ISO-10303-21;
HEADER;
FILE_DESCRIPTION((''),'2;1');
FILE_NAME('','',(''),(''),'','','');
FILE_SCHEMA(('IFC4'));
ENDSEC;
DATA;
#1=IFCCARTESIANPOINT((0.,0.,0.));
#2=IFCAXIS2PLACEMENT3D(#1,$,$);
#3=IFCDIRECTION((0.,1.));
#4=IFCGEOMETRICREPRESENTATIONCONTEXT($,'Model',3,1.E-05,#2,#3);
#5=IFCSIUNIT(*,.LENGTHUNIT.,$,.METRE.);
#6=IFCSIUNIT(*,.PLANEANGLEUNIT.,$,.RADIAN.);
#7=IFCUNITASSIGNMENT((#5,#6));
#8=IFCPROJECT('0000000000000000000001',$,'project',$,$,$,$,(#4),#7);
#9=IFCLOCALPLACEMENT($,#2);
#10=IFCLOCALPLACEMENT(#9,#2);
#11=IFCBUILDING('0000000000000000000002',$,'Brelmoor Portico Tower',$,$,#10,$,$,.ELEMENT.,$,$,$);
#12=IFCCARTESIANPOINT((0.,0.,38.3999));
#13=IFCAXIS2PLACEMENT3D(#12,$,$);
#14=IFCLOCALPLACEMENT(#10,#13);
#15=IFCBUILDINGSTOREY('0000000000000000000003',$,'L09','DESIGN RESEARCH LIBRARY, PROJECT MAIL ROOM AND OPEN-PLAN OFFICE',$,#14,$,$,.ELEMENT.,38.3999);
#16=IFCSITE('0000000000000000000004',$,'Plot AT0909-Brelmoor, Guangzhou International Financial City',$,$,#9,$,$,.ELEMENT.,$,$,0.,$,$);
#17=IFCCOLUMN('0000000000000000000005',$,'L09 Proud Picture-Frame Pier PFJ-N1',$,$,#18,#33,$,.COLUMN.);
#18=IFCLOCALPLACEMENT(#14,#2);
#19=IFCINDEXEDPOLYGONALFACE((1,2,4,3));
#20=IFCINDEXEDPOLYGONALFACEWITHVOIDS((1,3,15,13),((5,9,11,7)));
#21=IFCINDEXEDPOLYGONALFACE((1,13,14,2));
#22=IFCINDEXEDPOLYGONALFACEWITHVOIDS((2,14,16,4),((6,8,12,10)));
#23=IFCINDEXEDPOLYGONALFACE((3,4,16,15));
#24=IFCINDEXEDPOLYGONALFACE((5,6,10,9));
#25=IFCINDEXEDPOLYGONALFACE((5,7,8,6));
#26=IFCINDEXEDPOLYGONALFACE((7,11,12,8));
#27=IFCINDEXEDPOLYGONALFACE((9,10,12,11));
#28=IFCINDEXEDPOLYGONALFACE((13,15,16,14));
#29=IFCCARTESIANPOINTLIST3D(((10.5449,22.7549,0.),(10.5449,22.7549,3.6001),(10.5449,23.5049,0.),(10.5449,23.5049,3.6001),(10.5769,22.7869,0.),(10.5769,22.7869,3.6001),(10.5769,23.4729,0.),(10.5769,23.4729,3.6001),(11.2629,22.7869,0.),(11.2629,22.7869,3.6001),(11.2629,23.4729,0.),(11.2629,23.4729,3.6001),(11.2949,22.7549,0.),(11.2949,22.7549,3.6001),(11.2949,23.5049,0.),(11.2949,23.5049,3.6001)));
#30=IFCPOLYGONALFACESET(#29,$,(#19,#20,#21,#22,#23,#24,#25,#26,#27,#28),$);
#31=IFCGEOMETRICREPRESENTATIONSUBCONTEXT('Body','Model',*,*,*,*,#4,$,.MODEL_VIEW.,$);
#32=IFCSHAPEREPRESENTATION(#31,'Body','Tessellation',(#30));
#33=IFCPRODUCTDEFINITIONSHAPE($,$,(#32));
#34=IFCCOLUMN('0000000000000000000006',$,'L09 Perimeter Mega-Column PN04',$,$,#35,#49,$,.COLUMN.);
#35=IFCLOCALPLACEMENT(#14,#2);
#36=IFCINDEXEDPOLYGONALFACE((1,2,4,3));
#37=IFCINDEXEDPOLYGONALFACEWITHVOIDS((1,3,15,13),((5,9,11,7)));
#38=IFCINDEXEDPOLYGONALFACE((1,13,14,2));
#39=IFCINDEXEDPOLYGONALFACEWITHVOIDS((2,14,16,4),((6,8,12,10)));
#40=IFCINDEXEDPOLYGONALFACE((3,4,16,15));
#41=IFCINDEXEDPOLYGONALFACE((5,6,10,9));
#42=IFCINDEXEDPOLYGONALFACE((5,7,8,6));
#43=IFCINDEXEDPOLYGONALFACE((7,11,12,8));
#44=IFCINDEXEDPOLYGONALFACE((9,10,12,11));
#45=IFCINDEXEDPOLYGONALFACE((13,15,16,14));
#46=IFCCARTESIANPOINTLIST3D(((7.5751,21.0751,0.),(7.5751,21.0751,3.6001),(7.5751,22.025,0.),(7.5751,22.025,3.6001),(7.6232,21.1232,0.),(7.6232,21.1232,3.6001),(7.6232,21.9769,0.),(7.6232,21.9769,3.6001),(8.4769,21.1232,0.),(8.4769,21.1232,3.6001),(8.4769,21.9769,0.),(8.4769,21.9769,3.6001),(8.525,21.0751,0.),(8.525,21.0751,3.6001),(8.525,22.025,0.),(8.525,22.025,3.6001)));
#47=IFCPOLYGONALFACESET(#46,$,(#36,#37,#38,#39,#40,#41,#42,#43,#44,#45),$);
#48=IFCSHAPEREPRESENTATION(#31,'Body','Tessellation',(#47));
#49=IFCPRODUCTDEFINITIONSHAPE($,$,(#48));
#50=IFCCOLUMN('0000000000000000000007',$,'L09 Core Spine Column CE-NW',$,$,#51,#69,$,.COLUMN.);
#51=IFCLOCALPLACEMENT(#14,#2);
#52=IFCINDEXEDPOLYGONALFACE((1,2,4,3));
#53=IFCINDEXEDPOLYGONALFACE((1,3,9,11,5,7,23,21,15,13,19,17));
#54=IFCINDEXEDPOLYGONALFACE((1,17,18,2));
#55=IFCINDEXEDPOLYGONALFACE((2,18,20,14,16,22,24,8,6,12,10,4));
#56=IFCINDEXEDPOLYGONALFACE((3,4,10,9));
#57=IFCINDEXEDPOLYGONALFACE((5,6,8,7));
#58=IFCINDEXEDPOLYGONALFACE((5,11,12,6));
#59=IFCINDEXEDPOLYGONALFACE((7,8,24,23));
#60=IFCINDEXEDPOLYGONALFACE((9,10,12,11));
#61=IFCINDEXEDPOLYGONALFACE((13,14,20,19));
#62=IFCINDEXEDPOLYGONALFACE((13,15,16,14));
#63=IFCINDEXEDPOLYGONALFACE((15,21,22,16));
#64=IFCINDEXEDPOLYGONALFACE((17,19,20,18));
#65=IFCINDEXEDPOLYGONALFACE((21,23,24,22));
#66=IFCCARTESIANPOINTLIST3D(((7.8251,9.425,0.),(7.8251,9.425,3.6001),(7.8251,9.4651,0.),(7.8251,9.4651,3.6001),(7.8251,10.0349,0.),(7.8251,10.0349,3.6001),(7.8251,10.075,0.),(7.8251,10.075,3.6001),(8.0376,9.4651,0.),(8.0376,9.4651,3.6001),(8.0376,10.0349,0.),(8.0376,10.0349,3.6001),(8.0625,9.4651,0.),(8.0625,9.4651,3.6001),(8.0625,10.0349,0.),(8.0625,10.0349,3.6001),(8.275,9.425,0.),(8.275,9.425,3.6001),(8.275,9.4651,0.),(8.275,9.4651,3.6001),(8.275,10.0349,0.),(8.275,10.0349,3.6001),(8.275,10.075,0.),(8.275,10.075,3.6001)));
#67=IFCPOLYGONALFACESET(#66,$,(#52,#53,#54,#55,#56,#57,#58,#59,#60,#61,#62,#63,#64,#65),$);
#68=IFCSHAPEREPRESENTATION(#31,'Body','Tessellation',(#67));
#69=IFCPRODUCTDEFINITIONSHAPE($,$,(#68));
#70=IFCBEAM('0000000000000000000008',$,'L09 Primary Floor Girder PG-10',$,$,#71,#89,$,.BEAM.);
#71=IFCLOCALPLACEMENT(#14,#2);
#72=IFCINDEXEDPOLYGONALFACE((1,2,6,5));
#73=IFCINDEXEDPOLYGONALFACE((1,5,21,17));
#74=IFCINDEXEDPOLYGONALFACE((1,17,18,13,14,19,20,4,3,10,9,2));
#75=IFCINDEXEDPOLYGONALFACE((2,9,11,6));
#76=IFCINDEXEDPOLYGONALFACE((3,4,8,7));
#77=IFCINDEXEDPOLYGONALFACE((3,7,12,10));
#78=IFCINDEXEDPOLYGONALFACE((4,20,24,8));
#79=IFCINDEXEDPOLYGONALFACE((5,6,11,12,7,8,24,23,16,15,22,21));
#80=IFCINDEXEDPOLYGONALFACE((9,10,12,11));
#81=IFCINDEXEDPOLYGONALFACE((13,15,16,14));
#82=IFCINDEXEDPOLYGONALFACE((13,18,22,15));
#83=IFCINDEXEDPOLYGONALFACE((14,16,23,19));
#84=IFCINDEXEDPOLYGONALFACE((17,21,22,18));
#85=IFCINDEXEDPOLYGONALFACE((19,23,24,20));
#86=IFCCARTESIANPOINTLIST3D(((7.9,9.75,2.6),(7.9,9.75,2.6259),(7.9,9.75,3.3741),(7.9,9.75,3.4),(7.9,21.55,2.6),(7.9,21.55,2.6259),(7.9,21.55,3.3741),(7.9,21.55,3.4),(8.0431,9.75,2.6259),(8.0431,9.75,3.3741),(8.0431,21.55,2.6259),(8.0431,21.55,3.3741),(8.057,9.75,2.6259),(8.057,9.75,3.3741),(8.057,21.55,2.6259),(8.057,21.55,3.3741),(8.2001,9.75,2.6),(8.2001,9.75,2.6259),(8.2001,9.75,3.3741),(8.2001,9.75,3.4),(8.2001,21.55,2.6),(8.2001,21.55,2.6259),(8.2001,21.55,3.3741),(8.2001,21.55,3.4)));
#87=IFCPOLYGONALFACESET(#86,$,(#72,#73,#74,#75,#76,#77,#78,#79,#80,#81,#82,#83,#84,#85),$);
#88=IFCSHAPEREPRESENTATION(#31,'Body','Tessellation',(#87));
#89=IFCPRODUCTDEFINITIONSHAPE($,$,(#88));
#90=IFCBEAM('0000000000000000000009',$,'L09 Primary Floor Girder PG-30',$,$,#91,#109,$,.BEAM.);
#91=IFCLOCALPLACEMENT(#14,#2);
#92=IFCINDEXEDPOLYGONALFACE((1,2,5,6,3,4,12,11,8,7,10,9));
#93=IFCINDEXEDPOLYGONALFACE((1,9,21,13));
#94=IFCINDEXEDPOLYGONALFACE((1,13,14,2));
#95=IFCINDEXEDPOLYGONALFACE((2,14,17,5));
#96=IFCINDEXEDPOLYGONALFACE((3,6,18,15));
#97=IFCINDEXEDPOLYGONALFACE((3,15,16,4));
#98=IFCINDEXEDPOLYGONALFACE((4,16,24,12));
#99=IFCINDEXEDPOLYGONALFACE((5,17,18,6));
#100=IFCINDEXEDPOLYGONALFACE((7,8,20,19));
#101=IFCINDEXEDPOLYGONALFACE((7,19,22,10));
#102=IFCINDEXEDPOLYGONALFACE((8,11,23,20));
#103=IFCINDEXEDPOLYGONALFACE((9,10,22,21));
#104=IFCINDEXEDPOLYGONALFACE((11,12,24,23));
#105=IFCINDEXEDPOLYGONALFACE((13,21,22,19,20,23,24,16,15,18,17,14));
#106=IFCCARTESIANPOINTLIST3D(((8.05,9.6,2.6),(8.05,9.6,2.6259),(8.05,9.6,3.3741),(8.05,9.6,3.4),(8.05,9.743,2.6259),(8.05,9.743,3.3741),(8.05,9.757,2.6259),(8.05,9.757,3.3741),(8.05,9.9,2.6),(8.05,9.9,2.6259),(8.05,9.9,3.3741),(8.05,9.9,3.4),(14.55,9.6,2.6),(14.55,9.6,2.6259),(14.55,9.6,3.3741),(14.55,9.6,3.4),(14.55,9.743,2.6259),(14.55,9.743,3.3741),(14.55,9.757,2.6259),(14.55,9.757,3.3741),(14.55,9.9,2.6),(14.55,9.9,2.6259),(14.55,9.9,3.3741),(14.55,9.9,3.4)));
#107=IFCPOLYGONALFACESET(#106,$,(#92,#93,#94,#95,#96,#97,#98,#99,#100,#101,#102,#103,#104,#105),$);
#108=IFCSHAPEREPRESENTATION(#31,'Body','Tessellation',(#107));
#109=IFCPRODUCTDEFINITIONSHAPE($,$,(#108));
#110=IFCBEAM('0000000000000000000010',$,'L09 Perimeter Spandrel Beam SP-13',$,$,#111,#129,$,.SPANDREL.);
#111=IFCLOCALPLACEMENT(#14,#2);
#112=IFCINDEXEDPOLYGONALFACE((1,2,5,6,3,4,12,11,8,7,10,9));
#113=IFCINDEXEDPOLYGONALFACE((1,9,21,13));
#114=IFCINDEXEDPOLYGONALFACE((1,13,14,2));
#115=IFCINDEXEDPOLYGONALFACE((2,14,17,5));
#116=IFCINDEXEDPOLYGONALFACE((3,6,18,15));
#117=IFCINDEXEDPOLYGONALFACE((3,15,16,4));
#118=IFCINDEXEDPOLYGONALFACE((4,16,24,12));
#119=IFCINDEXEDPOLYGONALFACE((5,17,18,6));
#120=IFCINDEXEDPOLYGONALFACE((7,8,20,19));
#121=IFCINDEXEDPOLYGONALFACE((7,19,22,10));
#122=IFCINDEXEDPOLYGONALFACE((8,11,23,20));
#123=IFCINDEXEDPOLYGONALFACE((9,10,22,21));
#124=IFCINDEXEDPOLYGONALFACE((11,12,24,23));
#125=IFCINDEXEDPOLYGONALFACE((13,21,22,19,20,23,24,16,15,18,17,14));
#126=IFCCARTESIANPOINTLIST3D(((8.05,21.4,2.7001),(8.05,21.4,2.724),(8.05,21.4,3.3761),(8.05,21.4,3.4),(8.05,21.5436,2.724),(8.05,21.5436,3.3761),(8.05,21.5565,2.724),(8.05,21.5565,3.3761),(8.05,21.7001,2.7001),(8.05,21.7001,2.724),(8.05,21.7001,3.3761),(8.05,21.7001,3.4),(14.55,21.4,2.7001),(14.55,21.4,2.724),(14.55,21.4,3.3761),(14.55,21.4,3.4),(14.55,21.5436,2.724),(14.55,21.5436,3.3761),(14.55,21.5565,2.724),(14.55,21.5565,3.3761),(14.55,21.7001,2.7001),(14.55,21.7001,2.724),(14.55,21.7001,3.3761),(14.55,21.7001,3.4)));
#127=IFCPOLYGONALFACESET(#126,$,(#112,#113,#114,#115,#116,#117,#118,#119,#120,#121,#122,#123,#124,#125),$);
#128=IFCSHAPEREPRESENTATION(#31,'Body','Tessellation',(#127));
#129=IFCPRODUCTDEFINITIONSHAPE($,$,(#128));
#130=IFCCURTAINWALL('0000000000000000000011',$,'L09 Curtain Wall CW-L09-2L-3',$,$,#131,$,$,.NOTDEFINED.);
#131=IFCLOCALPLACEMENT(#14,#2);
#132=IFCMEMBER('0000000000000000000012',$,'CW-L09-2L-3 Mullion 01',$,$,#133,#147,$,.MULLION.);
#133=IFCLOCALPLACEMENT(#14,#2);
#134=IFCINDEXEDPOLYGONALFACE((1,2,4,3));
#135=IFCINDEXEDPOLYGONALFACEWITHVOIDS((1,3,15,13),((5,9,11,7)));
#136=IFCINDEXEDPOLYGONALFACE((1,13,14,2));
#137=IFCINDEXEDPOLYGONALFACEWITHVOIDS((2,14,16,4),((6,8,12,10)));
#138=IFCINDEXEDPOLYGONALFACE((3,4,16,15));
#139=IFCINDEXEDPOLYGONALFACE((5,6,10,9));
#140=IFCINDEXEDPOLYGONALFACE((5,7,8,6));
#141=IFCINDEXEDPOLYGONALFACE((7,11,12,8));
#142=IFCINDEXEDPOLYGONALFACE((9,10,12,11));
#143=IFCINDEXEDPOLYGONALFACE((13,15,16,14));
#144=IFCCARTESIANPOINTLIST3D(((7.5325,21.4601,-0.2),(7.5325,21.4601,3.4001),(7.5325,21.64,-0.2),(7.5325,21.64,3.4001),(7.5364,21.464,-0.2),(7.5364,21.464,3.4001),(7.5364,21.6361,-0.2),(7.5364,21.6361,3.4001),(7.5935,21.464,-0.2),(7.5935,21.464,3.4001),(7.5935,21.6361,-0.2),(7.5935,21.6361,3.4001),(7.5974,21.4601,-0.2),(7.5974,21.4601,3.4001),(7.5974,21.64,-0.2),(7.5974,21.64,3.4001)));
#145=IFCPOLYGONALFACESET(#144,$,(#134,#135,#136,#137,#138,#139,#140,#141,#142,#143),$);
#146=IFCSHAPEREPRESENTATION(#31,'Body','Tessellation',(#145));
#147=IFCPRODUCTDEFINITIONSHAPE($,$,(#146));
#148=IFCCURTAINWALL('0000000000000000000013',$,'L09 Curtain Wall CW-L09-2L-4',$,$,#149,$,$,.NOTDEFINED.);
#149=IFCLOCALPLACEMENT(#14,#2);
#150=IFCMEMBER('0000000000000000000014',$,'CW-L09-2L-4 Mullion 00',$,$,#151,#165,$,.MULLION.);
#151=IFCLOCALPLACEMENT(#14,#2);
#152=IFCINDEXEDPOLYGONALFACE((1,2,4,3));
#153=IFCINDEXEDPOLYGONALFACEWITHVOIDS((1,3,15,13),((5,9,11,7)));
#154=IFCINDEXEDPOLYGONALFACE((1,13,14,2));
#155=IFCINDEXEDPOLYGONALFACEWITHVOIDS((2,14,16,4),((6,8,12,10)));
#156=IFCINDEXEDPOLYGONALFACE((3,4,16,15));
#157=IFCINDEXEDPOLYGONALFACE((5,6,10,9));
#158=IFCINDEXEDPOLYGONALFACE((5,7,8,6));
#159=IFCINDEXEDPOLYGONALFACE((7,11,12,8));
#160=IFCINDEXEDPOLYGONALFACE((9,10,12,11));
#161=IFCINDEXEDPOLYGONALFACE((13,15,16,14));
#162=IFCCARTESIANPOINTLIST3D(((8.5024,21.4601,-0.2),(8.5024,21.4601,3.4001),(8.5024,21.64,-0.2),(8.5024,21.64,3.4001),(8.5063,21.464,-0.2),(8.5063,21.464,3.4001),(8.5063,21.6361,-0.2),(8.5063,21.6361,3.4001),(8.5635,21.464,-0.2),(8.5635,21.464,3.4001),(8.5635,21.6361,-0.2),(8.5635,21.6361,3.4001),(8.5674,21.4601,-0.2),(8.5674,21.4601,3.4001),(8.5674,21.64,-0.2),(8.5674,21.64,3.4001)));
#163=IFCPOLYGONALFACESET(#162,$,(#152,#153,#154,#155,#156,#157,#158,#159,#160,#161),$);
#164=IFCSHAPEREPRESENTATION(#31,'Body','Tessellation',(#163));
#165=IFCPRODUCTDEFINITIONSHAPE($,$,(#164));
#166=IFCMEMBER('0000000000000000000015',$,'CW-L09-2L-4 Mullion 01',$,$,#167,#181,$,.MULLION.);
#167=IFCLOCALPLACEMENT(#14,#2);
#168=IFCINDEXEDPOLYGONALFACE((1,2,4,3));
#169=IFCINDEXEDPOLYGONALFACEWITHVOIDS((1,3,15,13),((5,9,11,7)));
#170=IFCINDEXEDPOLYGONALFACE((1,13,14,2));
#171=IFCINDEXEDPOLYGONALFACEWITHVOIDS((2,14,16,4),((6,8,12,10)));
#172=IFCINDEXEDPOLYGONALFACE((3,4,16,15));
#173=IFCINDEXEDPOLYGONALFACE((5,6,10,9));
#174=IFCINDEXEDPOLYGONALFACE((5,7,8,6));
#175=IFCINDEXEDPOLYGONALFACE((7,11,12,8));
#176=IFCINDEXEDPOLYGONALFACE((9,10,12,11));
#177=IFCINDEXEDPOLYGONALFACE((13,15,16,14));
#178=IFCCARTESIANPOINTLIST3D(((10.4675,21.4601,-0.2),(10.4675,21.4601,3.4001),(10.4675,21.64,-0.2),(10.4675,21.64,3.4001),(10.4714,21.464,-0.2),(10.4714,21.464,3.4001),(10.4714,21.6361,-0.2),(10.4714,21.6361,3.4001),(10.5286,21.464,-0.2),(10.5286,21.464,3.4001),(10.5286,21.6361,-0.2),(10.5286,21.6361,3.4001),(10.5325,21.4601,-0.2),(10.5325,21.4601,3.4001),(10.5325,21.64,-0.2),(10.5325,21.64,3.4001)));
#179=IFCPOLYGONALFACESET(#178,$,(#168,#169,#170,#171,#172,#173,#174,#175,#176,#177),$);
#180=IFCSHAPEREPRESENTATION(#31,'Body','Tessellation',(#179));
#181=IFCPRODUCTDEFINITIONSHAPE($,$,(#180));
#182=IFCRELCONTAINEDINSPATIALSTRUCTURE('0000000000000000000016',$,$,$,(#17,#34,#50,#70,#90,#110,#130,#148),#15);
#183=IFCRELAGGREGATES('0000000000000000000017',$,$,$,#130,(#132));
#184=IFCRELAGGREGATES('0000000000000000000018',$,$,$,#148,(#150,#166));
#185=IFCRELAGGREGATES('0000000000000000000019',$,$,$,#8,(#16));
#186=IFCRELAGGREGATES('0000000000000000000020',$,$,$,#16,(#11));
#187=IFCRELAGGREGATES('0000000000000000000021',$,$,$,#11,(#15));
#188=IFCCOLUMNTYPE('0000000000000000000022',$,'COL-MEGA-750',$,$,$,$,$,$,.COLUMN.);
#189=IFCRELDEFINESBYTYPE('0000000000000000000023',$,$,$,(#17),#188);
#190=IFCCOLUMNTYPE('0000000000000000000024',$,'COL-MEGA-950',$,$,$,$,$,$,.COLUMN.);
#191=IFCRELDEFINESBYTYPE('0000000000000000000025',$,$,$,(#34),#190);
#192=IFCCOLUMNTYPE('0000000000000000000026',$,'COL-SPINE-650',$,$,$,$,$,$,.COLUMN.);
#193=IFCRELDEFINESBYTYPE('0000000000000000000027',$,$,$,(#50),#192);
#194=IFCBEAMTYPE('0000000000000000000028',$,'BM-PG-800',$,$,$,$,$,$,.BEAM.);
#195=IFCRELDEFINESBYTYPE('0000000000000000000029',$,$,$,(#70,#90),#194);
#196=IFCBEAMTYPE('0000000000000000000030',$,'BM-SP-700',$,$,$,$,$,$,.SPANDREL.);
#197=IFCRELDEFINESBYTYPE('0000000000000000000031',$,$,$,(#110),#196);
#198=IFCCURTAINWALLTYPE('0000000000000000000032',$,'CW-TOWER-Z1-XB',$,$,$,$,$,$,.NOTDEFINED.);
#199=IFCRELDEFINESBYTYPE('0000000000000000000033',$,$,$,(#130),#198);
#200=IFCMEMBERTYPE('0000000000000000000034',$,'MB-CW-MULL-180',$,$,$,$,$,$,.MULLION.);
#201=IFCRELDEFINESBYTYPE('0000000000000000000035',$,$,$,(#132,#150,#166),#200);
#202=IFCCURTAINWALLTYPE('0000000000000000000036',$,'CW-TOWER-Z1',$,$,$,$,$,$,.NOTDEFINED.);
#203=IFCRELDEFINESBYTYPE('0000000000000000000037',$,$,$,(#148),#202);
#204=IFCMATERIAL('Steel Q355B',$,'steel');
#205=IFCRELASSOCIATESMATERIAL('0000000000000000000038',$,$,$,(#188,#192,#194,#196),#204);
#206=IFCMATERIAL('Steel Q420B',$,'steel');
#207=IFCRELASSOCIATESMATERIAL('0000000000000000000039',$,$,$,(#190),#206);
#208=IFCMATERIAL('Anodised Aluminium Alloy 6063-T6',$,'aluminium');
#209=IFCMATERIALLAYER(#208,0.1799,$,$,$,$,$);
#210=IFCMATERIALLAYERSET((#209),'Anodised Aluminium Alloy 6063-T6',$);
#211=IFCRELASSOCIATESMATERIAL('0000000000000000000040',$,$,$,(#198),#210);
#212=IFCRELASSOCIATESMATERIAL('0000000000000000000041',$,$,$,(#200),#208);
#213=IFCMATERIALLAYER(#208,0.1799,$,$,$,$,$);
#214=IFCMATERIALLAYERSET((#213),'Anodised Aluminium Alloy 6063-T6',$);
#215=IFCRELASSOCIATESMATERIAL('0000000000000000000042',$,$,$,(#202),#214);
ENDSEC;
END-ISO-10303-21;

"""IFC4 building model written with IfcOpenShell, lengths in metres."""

from ifc_helpers import new_model, si_unit, direction, frame, origin, origin_2d, place, context, subcontext, project, spatial, hollow_rectangle, i_section, extrude, material, layer, layer_set, material_profile, profile_set, type_object, element, aggregate, save


model = new_model("IFC4")

# Units and contexts
model_context = context("Model", 3, precision=1e-05, world=origin(), true_north=direction((0.0, 1.0)))
body_context = subcontext(model_context, "Body", "Model", "MODEL_VIEW")
ifc_project = project(units=[si_unit("LENGTHUNIT", "METRE"), si_unit("PLANEANGLEUNIT", "RADIAN")], contexts=[model_context])

# Site, building, storey
site_placement = place(None, origin())
site = spatial("IfcSite", under=ifc_project, at=site_placement, Name="Plot AT0909-Brelmoor, Guangzhou International Financial City", CompositionType="ELEMENT", RefElevation=0.0)
building_placement = place(site_placement, origin())
building = spatial("IfcBuilding", under=site, at=building_placement, Name="Brelmoor Portico Tower", CompositionType="ELEMENT")
storey_placement = place(building_placement, frame((0.0, 0.0, 38.3999)))
storey = spatial("IfcBuildingStorey", under=building, at=storey_placement, Name="L09", Description="DESIGN RESEARCH LIBRARY, PROJECT MAIL ROOM AND OPEN-PLAN OFFICE", CompositionType="ELEMENT", Elevation=38.3999)

# Columns
ifc_material_1 = material(Name="Steel Q355B", Category="steel")
ifc_material_profile_1 = material_profile(ifc_material_1, hollow_rectangle(XDim=0.75, YDim=0.75, WallThickness=0.032, at=origin_2d()), Name="BOX 750x750x32")
ifc_profile_set_1 = profile_set([ifc_material_profile_1], Name="Steel Q355B")
column_type_1 = type_object("IfcColumnType", Name="COL-MEGA-750", PredefinedType="COLUMN", material=ifc_profile_set_1)
column_1_placement = place(storey_placement, frame((10.9199, 23.1299, 0.0), z_axis=(0.0, 0.0, 1.0), x_axis=(1.0, 0.0, 0.0)))
element("IfcColumn", 1, at=column_1_placement, inside=storey, type_object=column_type_1, Name="L09 Proud Picture-Frame Pier PFJ-N1", PredefinedType="COLUMN", context=body_context, shape_type="SweptSolid", body=[
    extrude(hollow_rectangle(XDim=0.75, YDim=0.75, WallThickness=0.032, at=origin_2d()), origin(), (0.0, 0.0, 1.0), 3.6001),
])
ifc_material_2 = material(Name="Steel Q420B", Category="steel")
ifc_material_profile_2 = material_profile(ifc_material_2, hollow_rectangle(XDim=0.95, YDim=0.95, WallThickness=0.0481, at=origin_2d()), Name="BOX 950x950x48")
ifc_profile_set_2 = profile_set([ifc_material_profile_2], Name="Steel Q420B")
column_type_2 = type_object("IfcColumnType", Name="COL-MEGA-950", PredefinedType="COLUMN", material=ifc_profile_set_2)
column_2_placement = place(storey_placement, frame((8.05, 21.55, 0.0), z_axis=(0.0, 0.0, 1.0), x_axis=(1.0, 0.0, 0.0)))
element("IfcColumn", 2, at=column_2_placement, inside=storey, type_object=column_type_2, Name="L09 Perimeter Mega-Column PN04", PredefinedType="COLUMN", context=body_context, shape_type="SweptSolid", body=[
    extrude(hollow_rectangle(XDim=0.95, YDim=0.95, WallThickness=0.0481, at=origin_2d()), origin(), (0.0, 0.0, 1.0), 3.6001),
])
ifc_material_profile_3 = material_profile(ifc_material_1, i_section(OverallWidth=0.45, OverallDepth=0.6499, WebThickness=0.0249, FlangeThickness=0.04, at=origin_2d()), Name="HW 650x450x25x40")
ifc_profile_set_3 = profile_set([ifc_material_profile_3], Name="Steel Q355B")
column_type_3 = type_object("IfcColumnType", Name="COL-SPINE-650", PredefinedType="COLUMN", material=ifc_profile_set_3)
column_3_placement = place(storey_placement, frame((8.05, 9.75, 0.0), z_axis=(0.0, 0.0, 1.0), x_axis=(1.0, 0.0, 0.0)))
element("IfcColumn", 3, at=column_3_placement, inside=storey, type_object=column_type_3, Name="L09 Core Spine Column CE-NW", PredefinedType="COLUMN", context=body_context, shape_type="SweptSolid", body=[
    extrude(i_section(OverallWidth=0.45, OverallDepth=0.6499, WebThickness=0.0249, FlangeThickness=0.04, at=origin_2d()), origin(), (0.0, 0.0, 1.0), 3.6001),
])

# Beams
ifc_material_profile_4 = material_profile(ifc_material_1, i_section(OverallWidth=0.3, OverallDepth=0.8, WebThickness=0.0139, FlangeThickness=0.0259, at=origin_2d()), Name="HN 800x300x14x26")
ifc_profile_set_4 = profile_set([ifc_material_profile_4], Name="Steel Q355B")
beam_type_1 = type_object("IfcBeamType", Name="BM-PG-800", PredefinedType="BEAM", material=ifc_profile_set_4)
beam_1_placement = place(storey_placement, frame((8.05, 9.75, 3.0), z_axis=(0.0, 1.0, 0.0), x_axis=(-1.0, 0.0, 0.0)))
element("IfcBeam", 4, at=beam_1_placement, inside=storey, type_object=beam_type_1, Name="L09 Primary Floor Girder PG-10", PredefinedType="BEAM", context=body_context, shape_type="SweptSolid", body=[
    extrude(i_section(OverallWidth=0.3, OverallDepth=0.8, WebThickness=0.0139, FlangeThickness=0.0259, at=origin_2d()), origin(), (0.0, 0.0, 1.0), 11.8),
])
beam_2_placement = place(storey_placement, frame((8.05, 9.75, 3.0), z_axis=(1.0, 0.0, 0.0), x_axis=(0.0, 1.0, 0.0)))
element("IfcBeam", 5, at=beam_2_placement, inside=storey, type_object=beam_type_1, Name="L09 Primary Floor Girder PG-30", PredefinedType="BEAM", context=body_context, shape_type="SweptSolid", body=[
    extrude(i_section(OverallWidth=0.3, OverallDepth=0.8, WebThickness=0.0139, FlangeThickness=0.0259, at=origin_2d()), origin(), (0.0, 0.0, 1.0), 6.5),
])
ifc_material_profile_5 = material_profile(ifc_material_1, i_section(OverallWidth=0.3, OverallDepth=0.7, WebThickness=0.0129, FlangeThickness=0.0239, at=origin_2d()), Name="HN 700x300x13x24")
ifc_profile_set_5 = profile_set([ifc_material_profile_5], Name="Steel Q355B")
beam_type_2 = type_object("IfcBeamType", Name="BM-SP-700", PredefinedType="SPANDREL", material=ifc_profile_set_5)
beam_3_placement = place(storey_placement, frame((8.05, 21.55, 3.05), z_axis=(1.0, 0.0, 0.0), x_axis=(0.0, 1.0, 0.0)))
element("IfcBeam", 6, at=beam_3_placement, inside=storey, type_object=beam_type_2, Name="L09 Perimeter Spandrel Beam SP-13", PredefinedType="SPANDREL", context=body_context, shape_type="SweptSolid", body=[
    extrude(i_section(OverallWidth=0.3, OverallDepth=0.7, WebThickness=0.0129, FlangeThickness=0.0239, at=origin_2d()), origin(), (0.0, 0.0, 1.0), 6.5),
])

# Curtain wall, member
ifc_material_3 = material(Name="Anodised Aluminium Alloy 6063-T6", Category="aluminium")
ifc_layer_1 = layer(ifc_material_3, 0.1799)
ifc_layer_set_1 = layer_set([ifc_layer_1], Name="Anodised Aluminium Alloy 6063-T6")
curtain_wall_type_1 = type_object("IfcCurtainWallType", Name="CW-TOWER-Z1-XB", PredefinedType="NOTDEFINED", material=ifc_layer_set_1)
curtain_wall_1_placement = place(storey_placement, origin())
curtain_wall_1 = element("IfcCurtainWall", 7, at=curtain_wall_1_placement, inside=storey, type_object=curtain_wall_type_1, Name="L09 Curtain Wall CW-L09-2L-3", PredefinedType="NOTDEFINED")
ifc_material_profile_6 = material_profile(ifc_material_3, hollow_rectangle(XDim=0.0649, YDim=0.1799, WallThickness=0.0039, at=origin_2d()), Name="ALU MULLION 65x180")
ifc_profile_set_6 = profile_set([ifc_material_profile_6], Name="Anodised Aluminium Alloy 6063-T6")
member_type_1 = type_object("IfcMemberType", Name="MB-CW-MULL-180", PredefinedType="MULLION", material=ifc_profile_set_6)
member_1_placement = place(storey_placement, frame((7.5649, 21.55, -0.2), z_axis=(0.0, 0.0, 1.0), x_axis=(1.0, 0.0, 0.0)))
member_1 = element("IfcMember", 8, at=member_1_placement, type_object=member_type_1, Name="CW-L09-2L-3 Mullion 01", PredefinedType="MULLION", context=body_context, shape_type="SweptSolid", body=[
    extrude(hollow_rectangle(XDim=0.0649, YDim=0.1799, WallThickness=0.0039, at=origin_2d()), origin(), (0.0, 0.0, 1.0), 3.6001),
])

# Curtain wall, members
ifc_layer_2 = layer(ifc_material_3, 0.1799)
ifc_layer_set_2 = layer_set([ifc_layer_2], Name="Anodised Aluminium Alloy 6063-T6")
curtain_wall_type_2 = type_object("IfcCurtainWallType", Name="CW-TOWER-Z1", PredefinedType="NOTDEFINED", material=ifc_layer_set_2)
curtain_wall_2_placement = place(storey_placement, origin())
curtain_wall_2 = element("IfcCurtainWall", 9, at=curtain_wall_2_placement, inside=storey, type_object=curtain_wall_type_2, Name="L09 Curtain Wall CW-L09-2L-4", PredefinedType="NOTDEFINED")
member_2_placement = place(storey_placement, frame((8.5349, 21.55, -0.2), z_axis=(0.0, 0.0, 1.0), x_axis=(1.0, 0.0, 0.0)))
member_2 = element("IfcMember", 10, at=member_2_placement, type_object=member_type_1, Name="CW-L09-2L-4 Mullion 00", PredefinedType="MULLION", context=body_context, shape_type="SweptSolid", body=[
    extrude(hollow_rectangle(XDim=0.0649, YDim=0.1799, WallThickness=0.0039, at=origin_2d()), origin(), (0.0, 0.0, 1.0), 3.6001),
])
member_3_placement = place(storey_placement, frame((10.5, 21.55, -0.2), z_axis=(0.0, 0.0, 1.0), x_axis=(1.0, 0.0, 0.0)))
member_3 = element("IfcMember", 11, at=member_3_placement, type_object=member_type_1, Name="CW-L09-2L-4 Mullion 01", PredefinedType="MULLION", context=body_context, shape_type="SweptSolid", body=[
    extrude(hollow_rectangle(XDim=0.0649, YDim=0.1799, WallThickness=0.0039, at=origin_2d()), origin(), (0.0, 0.0, 1.0), 3.6001),
])

aggregate(curtain_wall_1, [member_1])
aggregate(curtain_wall_2, [member_2, member_3])

save(model, "model.ifc")
